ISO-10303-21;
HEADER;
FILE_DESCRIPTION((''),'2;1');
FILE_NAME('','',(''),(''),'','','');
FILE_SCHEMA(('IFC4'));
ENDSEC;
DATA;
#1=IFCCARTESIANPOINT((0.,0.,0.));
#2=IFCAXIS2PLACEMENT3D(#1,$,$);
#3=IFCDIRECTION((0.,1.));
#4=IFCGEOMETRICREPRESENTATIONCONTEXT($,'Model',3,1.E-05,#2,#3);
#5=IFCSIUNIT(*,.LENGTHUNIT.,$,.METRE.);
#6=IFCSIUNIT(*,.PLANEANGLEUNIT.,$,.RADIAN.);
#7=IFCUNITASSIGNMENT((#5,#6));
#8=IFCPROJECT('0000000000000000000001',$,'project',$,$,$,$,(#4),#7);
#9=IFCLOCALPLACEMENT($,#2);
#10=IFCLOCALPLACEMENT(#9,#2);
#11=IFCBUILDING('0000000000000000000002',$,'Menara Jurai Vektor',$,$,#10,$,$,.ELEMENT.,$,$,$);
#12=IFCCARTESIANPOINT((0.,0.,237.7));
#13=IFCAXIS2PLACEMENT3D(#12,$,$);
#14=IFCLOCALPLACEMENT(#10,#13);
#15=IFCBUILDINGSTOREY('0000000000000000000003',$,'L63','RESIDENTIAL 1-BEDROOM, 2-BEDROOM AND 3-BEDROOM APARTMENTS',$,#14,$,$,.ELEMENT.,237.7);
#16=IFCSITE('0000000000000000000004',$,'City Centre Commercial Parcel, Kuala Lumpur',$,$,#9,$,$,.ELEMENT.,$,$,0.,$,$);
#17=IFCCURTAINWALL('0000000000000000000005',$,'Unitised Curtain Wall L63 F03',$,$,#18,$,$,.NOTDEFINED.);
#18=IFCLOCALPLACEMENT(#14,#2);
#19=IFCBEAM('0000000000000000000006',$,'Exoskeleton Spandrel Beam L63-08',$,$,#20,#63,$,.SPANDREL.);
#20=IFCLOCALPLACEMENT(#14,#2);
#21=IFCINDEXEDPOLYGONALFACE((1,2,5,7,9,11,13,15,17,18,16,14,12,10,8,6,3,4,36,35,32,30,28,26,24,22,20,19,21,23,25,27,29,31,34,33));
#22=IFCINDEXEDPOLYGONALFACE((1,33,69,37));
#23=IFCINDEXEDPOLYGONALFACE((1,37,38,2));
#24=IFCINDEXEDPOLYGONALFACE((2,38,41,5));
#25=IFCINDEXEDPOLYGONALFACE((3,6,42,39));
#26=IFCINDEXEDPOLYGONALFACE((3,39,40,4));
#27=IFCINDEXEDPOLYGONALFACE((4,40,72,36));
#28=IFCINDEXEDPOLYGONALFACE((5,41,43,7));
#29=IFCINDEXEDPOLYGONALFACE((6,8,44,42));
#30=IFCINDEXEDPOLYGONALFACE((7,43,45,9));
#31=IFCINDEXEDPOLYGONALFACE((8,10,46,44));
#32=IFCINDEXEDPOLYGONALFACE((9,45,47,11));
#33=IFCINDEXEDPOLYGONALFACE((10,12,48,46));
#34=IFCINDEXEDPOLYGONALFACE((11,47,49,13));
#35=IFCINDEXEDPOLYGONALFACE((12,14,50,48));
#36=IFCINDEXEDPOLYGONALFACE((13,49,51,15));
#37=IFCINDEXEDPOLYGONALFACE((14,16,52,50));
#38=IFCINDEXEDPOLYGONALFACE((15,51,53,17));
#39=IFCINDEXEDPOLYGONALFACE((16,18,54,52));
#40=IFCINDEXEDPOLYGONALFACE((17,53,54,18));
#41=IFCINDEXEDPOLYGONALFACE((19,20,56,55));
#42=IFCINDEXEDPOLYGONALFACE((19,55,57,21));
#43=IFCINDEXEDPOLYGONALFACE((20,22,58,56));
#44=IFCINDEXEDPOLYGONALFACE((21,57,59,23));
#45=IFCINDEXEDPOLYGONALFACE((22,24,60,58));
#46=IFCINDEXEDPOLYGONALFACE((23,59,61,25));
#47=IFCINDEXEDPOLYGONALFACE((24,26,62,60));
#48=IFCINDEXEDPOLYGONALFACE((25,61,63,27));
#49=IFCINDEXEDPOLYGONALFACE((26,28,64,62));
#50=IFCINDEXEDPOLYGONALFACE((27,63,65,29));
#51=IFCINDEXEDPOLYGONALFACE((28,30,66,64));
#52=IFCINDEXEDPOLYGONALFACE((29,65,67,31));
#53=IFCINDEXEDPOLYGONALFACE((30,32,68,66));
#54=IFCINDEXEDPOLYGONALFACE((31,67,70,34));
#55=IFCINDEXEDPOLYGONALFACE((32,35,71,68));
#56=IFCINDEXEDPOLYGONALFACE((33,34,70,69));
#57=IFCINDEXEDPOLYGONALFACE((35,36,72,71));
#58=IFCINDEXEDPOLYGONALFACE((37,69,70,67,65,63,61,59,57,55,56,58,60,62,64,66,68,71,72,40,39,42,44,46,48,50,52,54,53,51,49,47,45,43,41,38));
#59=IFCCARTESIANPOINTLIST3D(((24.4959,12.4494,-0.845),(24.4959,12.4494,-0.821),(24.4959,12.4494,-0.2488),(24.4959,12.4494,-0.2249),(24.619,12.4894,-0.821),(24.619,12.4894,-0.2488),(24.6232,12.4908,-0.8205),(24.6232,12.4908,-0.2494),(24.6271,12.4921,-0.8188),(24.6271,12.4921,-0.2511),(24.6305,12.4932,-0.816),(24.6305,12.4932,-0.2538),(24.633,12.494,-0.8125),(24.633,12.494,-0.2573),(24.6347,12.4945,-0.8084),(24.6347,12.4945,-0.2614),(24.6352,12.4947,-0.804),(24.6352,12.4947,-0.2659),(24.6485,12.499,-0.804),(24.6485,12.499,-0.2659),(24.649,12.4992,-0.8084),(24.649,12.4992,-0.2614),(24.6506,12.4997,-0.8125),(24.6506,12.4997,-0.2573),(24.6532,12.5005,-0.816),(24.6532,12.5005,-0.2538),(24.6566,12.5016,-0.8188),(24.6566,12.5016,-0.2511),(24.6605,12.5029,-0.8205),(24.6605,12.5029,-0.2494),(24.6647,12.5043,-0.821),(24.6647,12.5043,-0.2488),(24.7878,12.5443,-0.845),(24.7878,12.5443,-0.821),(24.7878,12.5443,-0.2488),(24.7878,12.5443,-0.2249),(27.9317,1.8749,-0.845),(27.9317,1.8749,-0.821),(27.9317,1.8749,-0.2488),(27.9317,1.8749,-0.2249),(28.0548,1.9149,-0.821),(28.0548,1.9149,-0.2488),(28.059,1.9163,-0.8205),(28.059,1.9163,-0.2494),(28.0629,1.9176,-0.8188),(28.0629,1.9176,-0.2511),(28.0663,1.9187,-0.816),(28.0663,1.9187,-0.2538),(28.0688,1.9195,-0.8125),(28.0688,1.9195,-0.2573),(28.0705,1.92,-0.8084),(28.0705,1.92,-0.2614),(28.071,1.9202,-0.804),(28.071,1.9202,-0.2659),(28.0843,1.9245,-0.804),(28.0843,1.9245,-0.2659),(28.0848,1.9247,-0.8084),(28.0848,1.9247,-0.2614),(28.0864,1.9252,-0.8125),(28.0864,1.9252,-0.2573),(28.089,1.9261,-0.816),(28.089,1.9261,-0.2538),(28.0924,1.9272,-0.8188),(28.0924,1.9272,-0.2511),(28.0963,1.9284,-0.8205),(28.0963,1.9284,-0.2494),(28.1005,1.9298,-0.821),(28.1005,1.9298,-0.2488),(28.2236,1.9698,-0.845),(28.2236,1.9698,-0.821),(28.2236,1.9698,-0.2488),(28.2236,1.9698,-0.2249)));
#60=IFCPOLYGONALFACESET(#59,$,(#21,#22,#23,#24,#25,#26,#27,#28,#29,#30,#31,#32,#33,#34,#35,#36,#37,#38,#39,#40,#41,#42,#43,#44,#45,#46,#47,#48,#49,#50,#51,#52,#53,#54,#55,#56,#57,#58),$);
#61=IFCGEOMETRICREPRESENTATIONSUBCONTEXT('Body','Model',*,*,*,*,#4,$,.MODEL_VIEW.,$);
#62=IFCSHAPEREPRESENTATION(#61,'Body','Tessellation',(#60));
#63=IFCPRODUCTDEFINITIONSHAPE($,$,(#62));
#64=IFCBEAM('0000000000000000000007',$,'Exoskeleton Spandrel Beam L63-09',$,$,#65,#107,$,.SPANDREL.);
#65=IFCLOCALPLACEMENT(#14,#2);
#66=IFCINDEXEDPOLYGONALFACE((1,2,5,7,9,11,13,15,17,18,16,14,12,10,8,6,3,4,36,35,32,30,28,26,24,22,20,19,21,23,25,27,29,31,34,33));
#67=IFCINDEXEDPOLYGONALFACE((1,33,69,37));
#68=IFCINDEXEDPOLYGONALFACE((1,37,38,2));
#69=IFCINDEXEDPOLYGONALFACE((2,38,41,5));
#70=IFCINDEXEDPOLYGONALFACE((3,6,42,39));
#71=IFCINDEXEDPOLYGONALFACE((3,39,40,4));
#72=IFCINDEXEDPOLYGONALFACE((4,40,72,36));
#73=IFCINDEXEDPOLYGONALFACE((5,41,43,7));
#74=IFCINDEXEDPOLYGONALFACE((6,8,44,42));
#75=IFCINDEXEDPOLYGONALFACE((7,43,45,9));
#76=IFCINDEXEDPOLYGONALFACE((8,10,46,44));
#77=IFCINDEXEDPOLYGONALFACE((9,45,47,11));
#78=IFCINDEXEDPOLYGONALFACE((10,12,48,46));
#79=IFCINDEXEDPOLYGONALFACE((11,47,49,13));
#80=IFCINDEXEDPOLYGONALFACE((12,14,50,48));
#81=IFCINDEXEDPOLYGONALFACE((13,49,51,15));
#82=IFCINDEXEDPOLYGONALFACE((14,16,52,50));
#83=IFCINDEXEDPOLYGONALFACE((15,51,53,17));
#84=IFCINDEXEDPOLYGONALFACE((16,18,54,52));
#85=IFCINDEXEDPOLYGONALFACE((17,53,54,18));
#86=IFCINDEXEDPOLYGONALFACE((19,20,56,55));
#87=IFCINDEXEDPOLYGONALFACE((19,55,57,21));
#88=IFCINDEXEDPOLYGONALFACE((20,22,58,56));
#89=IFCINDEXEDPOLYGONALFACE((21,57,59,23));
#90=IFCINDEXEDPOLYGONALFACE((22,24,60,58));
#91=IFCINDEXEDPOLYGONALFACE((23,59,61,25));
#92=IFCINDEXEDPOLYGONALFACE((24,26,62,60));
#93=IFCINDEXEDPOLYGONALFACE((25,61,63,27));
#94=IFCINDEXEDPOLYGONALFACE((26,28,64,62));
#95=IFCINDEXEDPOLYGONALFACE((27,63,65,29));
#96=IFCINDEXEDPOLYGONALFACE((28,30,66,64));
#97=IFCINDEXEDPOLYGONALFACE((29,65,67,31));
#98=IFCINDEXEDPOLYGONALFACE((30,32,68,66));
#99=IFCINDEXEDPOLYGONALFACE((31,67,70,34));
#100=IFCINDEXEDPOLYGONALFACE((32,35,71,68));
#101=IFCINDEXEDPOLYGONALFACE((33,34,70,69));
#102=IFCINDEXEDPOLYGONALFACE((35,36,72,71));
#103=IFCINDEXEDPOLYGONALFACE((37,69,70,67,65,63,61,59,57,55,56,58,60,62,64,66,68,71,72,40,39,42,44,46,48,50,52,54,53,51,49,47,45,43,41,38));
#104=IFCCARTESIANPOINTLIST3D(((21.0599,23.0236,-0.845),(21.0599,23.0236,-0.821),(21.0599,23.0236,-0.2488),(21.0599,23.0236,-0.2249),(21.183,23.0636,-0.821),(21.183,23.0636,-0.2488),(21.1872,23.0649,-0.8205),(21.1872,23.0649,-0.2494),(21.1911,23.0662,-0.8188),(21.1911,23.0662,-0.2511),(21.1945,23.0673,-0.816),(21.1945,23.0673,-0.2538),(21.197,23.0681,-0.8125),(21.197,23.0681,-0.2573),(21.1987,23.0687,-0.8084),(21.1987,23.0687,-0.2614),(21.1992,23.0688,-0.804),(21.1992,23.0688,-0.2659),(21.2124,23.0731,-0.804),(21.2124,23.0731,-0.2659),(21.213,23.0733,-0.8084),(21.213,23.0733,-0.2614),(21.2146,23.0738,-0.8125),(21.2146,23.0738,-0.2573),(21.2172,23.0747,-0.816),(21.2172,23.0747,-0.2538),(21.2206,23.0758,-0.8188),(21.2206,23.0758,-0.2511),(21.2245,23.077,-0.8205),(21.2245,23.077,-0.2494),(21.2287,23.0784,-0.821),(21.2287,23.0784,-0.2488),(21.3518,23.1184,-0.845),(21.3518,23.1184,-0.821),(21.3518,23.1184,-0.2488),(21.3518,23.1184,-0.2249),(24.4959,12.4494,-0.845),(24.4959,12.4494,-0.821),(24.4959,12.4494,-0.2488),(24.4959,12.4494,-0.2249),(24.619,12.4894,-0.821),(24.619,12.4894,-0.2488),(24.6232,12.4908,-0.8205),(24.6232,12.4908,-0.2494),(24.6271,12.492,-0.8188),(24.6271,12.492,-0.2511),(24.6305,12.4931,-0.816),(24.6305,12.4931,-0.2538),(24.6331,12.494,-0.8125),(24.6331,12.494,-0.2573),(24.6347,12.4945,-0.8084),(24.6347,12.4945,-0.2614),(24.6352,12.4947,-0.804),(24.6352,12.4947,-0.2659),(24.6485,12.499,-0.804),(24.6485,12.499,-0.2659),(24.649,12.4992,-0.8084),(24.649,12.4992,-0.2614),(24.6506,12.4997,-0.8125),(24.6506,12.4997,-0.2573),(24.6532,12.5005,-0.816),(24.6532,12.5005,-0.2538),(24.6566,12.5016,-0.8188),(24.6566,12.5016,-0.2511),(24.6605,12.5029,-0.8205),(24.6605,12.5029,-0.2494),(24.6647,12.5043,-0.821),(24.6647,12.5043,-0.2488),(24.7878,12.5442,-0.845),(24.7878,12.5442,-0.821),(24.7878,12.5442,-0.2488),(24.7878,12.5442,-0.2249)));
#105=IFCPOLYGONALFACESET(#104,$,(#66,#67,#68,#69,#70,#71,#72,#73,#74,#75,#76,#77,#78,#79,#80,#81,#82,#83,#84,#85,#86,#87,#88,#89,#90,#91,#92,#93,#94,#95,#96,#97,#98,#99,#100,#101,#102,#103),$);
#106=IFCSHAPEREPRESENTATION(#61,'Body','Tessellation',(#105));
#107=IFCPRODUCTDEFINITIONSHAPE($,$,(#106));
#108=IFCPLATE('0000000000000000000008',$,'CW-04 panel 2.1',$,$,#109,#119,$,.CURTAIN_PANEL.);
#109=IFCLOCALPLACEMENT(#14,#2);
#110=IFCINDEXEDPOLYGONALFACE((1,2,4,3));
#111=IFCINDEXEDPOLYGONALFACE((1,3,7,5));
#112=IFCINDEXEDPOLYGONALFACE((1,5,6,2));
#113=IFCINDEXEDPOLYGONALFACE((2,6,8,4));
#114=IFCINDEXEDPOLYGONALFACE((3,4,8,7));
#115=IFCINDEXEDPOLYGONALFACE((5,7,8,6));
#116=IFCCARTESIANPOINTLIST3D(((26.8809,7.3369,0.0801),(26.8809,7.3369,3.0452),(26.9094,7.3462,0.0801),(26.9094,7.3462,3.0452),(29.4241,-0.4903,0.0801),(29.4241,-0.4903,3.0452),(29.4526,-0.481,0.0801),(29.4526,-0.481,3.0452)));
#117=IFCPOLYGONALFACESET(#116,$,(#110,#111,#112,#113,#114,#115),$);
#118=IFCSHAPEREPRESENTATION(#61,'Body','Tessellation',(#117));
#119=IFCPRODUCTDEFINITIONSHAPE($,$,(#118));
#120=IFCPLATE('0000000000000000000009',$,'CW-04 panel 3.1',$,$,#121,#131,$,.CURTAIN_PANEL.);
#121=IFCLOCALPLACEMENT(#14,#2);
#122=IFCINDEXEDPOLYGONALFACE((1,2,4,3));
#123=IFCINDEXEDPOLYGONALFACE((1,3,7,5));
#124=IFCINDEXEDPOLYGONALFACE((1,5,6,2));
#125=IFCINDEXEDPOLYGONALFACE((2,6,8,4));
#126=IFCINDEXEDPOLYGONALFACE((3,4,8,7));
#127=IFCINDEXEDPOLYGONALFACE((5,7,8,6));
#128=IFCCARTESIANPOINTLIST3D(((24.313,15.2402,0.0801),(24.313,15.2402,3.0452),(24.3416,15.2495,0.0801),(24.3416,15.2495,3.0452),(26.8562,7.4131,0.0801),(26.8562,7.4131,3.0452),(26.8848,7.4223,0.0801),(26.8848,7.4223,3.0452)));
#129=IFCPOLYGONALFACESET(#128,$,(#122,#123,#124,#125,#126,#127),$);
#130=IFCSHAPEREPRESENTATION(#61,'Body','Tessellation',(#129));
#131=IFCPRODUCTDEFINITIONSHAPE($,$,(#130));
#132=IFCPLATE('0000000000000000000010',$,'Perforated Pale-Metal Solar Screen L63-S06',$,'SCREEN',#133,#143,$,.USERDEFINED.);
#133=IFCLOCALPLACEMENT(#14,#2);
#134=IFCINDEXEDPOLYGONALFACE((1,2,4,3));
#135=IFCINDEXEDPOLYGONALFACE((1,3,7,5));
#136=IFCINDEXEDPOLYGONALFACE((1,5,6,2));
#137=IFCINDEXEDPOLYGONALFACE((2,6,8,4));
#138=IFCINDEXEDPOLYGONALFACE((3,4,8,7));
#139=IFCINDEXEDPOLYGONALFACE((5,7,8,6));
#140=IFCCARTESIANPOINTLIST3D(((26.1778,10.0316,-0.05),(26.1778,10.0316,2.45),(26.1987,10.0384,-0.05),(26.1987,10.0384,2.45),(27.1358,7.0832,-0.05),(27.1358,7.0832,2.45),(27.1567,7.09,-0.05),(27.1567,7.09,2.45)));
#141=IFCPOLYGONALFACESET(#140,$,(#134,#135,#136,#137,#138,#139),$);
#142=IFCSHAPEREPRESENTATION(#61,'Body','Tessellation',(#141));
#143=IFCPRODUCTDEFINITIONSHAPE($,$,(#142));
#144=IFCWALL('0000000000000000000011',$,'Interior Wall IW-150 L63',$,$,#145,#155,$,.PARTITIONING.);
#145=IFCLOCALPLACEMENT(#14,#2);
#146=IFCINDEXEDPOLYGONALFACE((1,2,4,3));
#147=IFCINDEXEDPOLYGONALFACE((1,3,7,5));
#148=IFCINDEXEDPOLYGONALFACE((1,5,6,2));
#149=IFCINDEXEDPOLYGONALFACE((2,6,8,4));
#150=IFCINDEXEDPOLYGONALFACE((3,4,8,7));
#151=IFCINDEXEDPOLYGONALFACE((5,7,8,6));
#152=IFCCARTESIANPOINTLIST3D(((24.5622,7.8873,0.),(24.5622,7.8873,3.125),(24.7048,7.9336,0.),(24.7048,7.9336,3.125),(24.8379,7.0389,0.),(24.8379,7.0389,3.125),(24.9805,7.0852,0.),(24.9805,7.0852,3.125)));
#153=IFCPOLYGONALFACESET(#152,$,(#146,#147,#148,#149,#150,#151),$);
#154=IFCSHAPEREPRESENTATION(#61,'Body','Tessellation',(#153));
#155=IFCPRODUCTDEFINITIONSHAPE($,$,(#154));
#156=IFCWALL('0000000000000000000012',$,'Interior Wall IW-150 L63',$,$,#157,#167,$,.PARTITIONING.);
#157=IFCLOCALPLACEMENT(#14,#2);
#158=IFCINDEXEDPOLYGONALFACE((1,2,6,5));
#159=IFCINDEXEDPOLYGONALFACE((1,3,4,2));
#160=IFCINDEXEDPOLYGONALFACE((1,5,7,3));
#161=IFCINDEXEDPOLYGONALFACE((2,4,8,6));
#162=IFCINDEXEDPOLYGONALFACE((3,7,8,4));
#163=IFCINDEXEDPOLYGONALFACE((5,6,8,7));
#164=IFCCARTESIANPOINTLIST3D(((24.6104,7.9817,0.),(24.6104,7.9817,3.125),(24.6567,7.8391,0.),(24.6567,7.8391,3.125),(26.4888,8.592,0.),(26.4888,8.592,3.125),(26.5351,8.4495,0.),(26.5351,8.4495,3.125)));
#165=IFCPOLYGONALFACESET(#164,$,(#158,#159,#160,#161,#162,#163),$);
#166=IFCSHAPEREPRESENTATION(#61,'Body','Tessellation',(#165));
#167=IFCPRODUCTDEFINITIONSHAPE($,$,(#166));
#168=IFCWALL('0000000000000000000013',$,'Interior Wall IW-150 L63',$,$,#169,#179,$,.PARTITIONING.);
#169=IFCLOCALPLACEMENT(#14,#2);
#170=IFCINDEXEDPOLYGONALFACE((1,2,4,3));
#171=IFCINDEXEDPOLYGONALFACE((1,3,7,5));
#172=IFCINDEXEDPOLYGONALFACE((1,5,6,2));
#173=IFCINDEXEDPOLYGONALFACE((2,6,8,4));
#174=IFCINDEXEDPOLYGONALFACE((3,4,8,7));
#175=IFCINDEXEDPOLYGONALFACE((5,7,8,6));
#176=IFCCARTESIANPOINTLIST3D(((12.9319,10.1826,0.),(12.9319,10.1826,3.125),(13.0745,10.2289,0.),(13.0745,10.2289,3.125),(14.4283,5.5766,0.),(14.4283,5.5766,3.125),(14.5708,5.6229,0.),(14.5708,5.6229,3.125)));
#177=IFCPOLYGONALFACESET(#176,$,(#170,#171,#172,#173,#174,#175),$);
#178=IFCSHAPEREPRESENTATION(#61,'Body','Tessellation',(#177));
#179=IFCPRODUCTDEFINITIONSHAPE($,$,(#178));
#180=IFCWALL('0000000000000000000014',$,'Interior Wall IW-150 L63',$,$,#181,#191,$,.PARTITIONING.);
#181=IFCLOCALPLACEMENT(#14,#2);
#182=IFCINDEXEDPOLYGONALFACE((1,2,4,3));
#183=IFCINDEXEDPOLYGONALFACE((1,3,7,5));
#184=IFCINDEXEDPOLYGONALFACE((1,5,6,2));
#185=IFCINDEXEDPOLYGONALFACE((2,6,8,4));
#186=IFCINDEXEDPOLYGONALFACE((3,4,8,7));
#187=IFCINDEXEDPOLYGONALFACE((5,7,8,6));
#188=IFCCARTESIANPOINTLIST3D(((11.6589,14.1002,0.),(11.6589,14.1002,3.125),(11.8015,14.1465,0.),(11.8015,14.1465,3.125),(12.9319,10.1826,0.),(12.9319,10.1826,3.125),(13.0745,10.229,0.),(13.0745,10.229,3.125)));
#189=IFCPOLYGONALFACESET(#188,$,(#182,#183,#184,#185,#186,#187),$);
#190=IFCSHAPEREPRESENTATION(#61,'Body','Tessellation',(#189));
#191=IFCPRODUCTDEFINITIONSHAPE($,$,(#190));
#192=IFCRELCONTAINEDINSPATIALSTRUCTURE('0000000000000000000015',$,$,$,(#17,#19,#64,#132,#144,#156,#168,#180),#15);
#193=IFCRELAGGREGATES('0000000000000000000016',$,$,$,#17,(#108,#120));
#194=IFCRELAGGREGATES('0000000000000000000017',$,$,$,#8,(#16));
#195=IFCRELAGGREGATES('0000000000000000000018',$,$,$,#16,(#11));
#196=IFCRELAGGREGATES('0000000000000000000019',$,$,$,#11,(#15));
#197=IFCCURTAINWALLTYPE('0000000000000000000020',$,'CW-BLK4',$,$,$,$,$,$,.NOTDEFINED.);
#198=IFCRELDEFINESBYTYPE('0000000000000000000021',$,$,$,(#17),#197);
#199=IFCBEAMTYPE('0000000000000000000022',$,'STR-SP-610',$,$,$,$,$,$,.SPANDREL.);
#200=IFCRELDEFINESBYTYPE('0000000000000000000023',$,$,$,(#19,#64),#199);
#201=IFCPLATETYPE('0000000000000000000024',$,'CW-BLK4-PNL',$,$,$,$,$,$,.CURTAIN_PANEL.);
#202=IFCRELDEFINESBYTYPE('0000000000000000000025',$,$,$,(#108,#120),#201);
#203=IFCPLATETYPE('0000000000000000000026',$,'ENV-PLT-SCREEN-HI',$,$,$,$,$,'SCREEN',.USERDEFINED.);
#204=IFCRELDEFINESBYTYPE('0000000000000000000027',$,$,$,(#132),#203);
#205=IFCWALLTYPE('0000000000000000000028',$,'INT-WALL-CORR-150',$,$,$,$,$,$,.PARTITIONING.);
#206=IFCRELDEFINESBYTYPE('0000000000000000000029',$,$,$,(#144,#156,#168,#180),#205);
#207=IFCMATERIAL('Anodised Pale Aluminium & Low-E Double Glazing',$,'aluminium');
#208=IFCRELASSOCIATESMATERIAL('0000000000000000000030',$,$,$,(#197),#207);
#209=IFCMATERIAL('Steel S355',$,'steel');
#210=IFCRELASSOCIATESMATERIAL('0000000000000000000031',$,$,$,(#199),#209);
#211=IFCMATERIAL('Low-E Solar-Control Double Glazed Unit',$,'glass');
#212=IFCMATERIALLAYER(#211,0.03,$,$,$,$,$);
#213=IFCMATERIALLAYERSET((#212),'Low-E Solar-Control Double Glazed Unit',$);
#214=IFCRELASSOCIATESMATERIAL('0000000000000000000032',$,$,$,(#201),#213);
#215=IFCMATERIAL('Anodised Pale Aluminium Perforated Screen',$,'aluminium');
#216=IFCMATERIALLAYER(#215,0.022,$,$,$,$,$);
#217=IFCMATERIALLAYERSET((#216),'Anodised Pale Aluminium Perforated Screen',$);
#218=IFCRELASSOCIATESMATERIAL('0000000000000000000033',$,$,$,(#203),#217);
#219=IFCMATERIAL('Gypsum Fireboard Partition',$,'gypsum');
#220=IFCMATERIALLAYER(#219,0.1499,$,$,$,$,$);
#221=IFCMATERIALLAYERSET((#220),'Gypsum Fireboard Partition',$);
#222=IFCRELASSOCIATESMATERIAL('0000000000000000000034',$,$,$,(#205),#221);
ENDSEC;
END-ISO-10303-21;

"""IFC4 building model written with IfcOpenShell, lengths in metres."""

from ifc_helpers import new_model, si_unit, direction, frame, frame_2d, origin, origin_2d, place, context, subcontext, project, spatial, rectangle, i_section, extrude, material, layer, layer_set, material_profile, profile_set, type_object, element, aggregate, save


model = new_model("IFC4")

# Units and contexts
model_context = context("Model", 3, precision=1e-05, world=origin(), true_north=direction((0.0, 1.0)))
body_context = subcontext(model_context, "Body", "Model", "MODEL_VIEW")
ifc_project = project(units=[si_unit("LENGTHUNIT", "METRE"), si_unit("PLANEANGLEUNIT", "RADIAN")], contexts=[model_context])

# Site, building, storey
site_placement = place(None, origin())
site = spatial("IfcSite", under=ifc_project, at=site_placement, Name="City Centre Commercial Parcel, Kuala Lumpur", CompositionType="ELEMENT", RefElevation=0.0)
building_placement = place(site_placement, origin())
building = spatial("IfcBuilding", under=site, at=building_placement, Name="Menara Jurai Vektor", CompositionType="ELEMENT")
storey_placement = place(building_placement, frame((0.0, 0.0, 237.7)))
storey = spatial("IfcBuildingStorey", under=building, at=storey_placement, Name="L63", Description="RESIDENTIAL 1-BEDROOM, 2-BEDROOM AND 3-BEDROOM APARTMENTS", CompositionType="ELEMENT", Elevation=237.7)

# Curtain wall
ifc_material_1 = material(Name="Anodised Pale Aluminium & Low-E Double Glazing", Category="aluminium")
curtain_wall_type = type_object("IfcCurtainWallType", Name="CW-BLK4", PredefinedType="NOTDEFINED", material=ifc_material_1)
curtain_wall_placement = place(storey_placement, origin())
curtain_wall = element("IfcCurtainWall", 1, at=curtain_wall_placement, inside=storey, type_object=curtain_wall_type, Name="Unitised Curtain Wall L63 F03", PredefinedType="NOTDEFINED")

# Beams
ifc_material_2 = material(Name="Steel S355", Category="steel")
ifc_material_profile_1 = material_profile(ifc_material_2, i_section(OverallWidth=0.3069, OverallDepth=0.6201, WebThickness=0.0139, FlangeThickness=0.0239, FilletRadius=0.0171, at=origin_2d()), Name="UKB 610x305x179")
ifc_profile_set_1 = profile_set([ifc_material_profile_1], Name="Steel S355")
beam_type_1 = type_object("IfcBeamType", Name="STR-SP-610", PredefinedType="SPANDREL", material=ifc_profile_set_1)
beam_1_placement = place(storey_placement, frame((28.0776, 1.9224, -0.5349), z_axis=(-0.309012, 0.951058, 0.0), x_axis=(-0.951058, -0.309012, 0.0)))
element("IfcBeam", 2, at=beam_1_placement, inside=storey, type_object=beam_type_1, Name="Exoskeleton Spandrel Beam L63-08", PredefinedType="SPANDREL", context=body_context, shape_type="SweptSolid", body=[
    extrude(i_section(OverallWidth=0.3069, OverallDepth=0.6201, WebThickness=0.0139, FlangeThickness=0.0239, FilletRadius=0.0171, at=origin_2d()), origin(), (0.0, 0.0, 1.0), 11.1187),
])
beam_2_placement = place(storey_placement, frame((24.6418, 12.4968, -0.5349), z_axis=(-0.309038, 0.95105, 0.0), x_axis=(-0.95105, -0.309038, 0.0)))
element("IfcBeam", 3, at=beam_2_placement, inside=storey, type_object=beam_type_1, Name="Exoskeleton Spandrel Beam L63-09", PredefinedType="SPANDREL", context=body_context, shape_type="SweptSolid", body=[
    extrude(i_section(OverallWidth=0.3069, OverallDepth=0.6201, WebThickness=0.0139, FlangeThickness=0.0239, FilletRadius=0.0171, at=origin_2d()), origin(), (0.0, 0.0, 1.0), 11.1184),
])

# Plates
ifc_material_3 = material(Name="Low-E Solar-Control Double Glazed Unit", Category="glass")
ifc_layer_1 = layer(ifc_material_3, 0.03)
ifc_layer_set_1 = layer_set([ifc_layer_1], Name="Low-E Solar-Control Double Glazed Unit")
plate_type_1 = type_object("IfcPlateType", Name="CW-BLK4-PNL", PredefinedType="CURTAIN_PANEL", material=ifc_layer_set_1)
plate_1_placement = place(storey_placement, frame((28.1667, 3.428, 0.0801), z_axis=(0.0, 0.0, 1.0), x_axis=(-0.309016, 0.951057, 0.0)))
plate_1 = element("IfcPlate", 4, at=plate_1_placement, type_object=plate_type_1, Name="CW-04 panel 2.1", PredefinedType="CURTAIN_PANEL", context=body_context, shape_type="SweptSolid", body=[
    extrude(rectangle(XDim=8.23, YDim=0.03, at=origin_2d()), origin(), (0.0, 0.0, 1.0), 2.9651),
])
plate_2_placement = place(storey_placement, frame((25.5989, 11.3313, 0.0801), z_axis=(0.0, 0.0, 1.0), x_axis=(-0.309016, 0.951057, 0.0)))
plate_2 = element("IfcPlate", 5, at=plate_2_placement, type_object=plate_type_1, Name="CW-04 panel 3.1", PredefinedType="CURTAIN_PANEL", context=body_context, shape_type="SweptSolid", body=[
    extrude(rectangle(XDim=8.23, YDim=0.03, at=origin_2d()), origin(), (0.0, 0.0, 1.0), 2.9651),
])
aggregate(curtain_wall, [plate_1, plate_2])
ifc_material_4 = material(Name="Anodised Pale Aluminium Perforated Screen", Category="aluminium")
ifc_layer_2 = layer(ifc_material_4, 0.022)
ifc_layer_set_2 = layer_set([ifc_layer_2], Name="Anodised Pale Aluminium Perforated Screen")
plate_type_2 = type_object("IfcPlateType", Name="ENV-PLT-SCREEN-HI", ElementType="SCREEN", PredefinedType="USERDEFINED", material=ifc_layer_set_2)
plate_3_placement = place(storey_placement, frame((26.6672, 8.5608, -0.05), z_axis=(0.0, 0.0, 1.0), x_axis=(-0.309017, 0.951057, 0.0)))
element("IfcPlate", 6, at=plate_3_placement, inside=storey, type_object=plate_type_2, Name="Perforated Pale-Metal Solar Screen L63-S06", ObjectType="SCREEN", PredefinedType="USERDEFINED", context=body_context, shape_type="SweptSolid", body=[
    extrude(rectangle(XDim=3.1001, YDim=0.022, at=origin_2d()), origin(), (0.0, 0.0, 1.0), 2.5),
])

# Walls
ifc_material_5 = material(Name="Gypsum Fireboard Partition", Category="gypsum")
ifc_layer_3 = layer(ifc_material_5, 0.1499)
ifc_layer_set_3 = layer_set([ifc_layer_3], Name="Gypsum Fireboard Partition")
wall_type_1 = type_object("IfcWallType", Name="INT-WALL-CORR-150", PredefinedType="PARTITIONING", material=ifc_layer_set_3)
wall_1_placement = place(storey_placement, frame((24.9092, 7.062, 0.0), z_axis=(0.0, 0.0, 1.0), x_axis=(-0.308993, 0.951064, 0.0)))
element("IfcWall", 7, at=wall_1_placement, inside=storey, type_object=wall_type_1, Name="Interior Wall IW-150 L63", PredefinedType="PARTITIONING", context=body_context, shape_type="SweptSolid", body=[
    extrude(rectangle(XDim=0.8921, YDim=0.1499, at=frame_2d((0.446, 0.0))), origin(), (0.0, 0.0, 1.0), 3.125),
])
wall_2_placement = place(storey_placement, frame((24.6335, 7.9104, 0.0), z_axis=(0.0, 0.0, 1.0), x_axis=(0.951054, 0.309025, 0.0)))
element("IfcWall", 8, at=wall_2_placement, inside=storey, type_object=wall_type_1, Name="Interior Wall IW-150 L63", PredefinedType="PARTITIONING", context=body_context, shape_type="SweptSolid", body=[
    extrude(rectangle(XDim=1.9751, YDim=0.1499, at=frame_2d((0.9875, 0.0))), origin(), (0.0, 0.0, 1.0), 3.125),
])
wall_3_placement = place(storey_placement, frame((14.4995, 5.5999, 0.0), z_axis=(0.0, 0.0, 1.0), x_axis=(-0.308974, 0.95107, 0.0)))
element("IfcWall", 9, at=wall_3_placement, inside=storey, type_object=wall_type_1, Name="Interior Wall IW-150 L63", PredefinedType="PARTITIONING", context=body_context, shape_type="SweptSolid", body=[
    extrude(rectangle(XDim=4.843, YDim=0.1499, at=frame_2d((2.4214, 0.0))), origin(), (0.0, 0.0, 1.0), 3.125),
])
wall_4_placement = place(storey_placement, frame((13.0032, 10.2058, 0.0), z_axis=(0.0, 0.0, 1.0), x_axis=(-0.309035, 0.951051, 0.0)))
element("IfcWall", 10, at=wall_4_placement, inside=storey, type_object=wall_type_1, Name="Interior Wall IW-150 L63", PredefinedType="PARTITIONING", context=body_context, shape_type="SweptSolid", body=[
    extrude(rectangle(XDim=4.1191, YDim=0.1499, at=frame_2d((2.0596, 0.0))), origin(), (0.0, 0.0, 1.0), 3.125),
])

save(model, "model.ifc")
